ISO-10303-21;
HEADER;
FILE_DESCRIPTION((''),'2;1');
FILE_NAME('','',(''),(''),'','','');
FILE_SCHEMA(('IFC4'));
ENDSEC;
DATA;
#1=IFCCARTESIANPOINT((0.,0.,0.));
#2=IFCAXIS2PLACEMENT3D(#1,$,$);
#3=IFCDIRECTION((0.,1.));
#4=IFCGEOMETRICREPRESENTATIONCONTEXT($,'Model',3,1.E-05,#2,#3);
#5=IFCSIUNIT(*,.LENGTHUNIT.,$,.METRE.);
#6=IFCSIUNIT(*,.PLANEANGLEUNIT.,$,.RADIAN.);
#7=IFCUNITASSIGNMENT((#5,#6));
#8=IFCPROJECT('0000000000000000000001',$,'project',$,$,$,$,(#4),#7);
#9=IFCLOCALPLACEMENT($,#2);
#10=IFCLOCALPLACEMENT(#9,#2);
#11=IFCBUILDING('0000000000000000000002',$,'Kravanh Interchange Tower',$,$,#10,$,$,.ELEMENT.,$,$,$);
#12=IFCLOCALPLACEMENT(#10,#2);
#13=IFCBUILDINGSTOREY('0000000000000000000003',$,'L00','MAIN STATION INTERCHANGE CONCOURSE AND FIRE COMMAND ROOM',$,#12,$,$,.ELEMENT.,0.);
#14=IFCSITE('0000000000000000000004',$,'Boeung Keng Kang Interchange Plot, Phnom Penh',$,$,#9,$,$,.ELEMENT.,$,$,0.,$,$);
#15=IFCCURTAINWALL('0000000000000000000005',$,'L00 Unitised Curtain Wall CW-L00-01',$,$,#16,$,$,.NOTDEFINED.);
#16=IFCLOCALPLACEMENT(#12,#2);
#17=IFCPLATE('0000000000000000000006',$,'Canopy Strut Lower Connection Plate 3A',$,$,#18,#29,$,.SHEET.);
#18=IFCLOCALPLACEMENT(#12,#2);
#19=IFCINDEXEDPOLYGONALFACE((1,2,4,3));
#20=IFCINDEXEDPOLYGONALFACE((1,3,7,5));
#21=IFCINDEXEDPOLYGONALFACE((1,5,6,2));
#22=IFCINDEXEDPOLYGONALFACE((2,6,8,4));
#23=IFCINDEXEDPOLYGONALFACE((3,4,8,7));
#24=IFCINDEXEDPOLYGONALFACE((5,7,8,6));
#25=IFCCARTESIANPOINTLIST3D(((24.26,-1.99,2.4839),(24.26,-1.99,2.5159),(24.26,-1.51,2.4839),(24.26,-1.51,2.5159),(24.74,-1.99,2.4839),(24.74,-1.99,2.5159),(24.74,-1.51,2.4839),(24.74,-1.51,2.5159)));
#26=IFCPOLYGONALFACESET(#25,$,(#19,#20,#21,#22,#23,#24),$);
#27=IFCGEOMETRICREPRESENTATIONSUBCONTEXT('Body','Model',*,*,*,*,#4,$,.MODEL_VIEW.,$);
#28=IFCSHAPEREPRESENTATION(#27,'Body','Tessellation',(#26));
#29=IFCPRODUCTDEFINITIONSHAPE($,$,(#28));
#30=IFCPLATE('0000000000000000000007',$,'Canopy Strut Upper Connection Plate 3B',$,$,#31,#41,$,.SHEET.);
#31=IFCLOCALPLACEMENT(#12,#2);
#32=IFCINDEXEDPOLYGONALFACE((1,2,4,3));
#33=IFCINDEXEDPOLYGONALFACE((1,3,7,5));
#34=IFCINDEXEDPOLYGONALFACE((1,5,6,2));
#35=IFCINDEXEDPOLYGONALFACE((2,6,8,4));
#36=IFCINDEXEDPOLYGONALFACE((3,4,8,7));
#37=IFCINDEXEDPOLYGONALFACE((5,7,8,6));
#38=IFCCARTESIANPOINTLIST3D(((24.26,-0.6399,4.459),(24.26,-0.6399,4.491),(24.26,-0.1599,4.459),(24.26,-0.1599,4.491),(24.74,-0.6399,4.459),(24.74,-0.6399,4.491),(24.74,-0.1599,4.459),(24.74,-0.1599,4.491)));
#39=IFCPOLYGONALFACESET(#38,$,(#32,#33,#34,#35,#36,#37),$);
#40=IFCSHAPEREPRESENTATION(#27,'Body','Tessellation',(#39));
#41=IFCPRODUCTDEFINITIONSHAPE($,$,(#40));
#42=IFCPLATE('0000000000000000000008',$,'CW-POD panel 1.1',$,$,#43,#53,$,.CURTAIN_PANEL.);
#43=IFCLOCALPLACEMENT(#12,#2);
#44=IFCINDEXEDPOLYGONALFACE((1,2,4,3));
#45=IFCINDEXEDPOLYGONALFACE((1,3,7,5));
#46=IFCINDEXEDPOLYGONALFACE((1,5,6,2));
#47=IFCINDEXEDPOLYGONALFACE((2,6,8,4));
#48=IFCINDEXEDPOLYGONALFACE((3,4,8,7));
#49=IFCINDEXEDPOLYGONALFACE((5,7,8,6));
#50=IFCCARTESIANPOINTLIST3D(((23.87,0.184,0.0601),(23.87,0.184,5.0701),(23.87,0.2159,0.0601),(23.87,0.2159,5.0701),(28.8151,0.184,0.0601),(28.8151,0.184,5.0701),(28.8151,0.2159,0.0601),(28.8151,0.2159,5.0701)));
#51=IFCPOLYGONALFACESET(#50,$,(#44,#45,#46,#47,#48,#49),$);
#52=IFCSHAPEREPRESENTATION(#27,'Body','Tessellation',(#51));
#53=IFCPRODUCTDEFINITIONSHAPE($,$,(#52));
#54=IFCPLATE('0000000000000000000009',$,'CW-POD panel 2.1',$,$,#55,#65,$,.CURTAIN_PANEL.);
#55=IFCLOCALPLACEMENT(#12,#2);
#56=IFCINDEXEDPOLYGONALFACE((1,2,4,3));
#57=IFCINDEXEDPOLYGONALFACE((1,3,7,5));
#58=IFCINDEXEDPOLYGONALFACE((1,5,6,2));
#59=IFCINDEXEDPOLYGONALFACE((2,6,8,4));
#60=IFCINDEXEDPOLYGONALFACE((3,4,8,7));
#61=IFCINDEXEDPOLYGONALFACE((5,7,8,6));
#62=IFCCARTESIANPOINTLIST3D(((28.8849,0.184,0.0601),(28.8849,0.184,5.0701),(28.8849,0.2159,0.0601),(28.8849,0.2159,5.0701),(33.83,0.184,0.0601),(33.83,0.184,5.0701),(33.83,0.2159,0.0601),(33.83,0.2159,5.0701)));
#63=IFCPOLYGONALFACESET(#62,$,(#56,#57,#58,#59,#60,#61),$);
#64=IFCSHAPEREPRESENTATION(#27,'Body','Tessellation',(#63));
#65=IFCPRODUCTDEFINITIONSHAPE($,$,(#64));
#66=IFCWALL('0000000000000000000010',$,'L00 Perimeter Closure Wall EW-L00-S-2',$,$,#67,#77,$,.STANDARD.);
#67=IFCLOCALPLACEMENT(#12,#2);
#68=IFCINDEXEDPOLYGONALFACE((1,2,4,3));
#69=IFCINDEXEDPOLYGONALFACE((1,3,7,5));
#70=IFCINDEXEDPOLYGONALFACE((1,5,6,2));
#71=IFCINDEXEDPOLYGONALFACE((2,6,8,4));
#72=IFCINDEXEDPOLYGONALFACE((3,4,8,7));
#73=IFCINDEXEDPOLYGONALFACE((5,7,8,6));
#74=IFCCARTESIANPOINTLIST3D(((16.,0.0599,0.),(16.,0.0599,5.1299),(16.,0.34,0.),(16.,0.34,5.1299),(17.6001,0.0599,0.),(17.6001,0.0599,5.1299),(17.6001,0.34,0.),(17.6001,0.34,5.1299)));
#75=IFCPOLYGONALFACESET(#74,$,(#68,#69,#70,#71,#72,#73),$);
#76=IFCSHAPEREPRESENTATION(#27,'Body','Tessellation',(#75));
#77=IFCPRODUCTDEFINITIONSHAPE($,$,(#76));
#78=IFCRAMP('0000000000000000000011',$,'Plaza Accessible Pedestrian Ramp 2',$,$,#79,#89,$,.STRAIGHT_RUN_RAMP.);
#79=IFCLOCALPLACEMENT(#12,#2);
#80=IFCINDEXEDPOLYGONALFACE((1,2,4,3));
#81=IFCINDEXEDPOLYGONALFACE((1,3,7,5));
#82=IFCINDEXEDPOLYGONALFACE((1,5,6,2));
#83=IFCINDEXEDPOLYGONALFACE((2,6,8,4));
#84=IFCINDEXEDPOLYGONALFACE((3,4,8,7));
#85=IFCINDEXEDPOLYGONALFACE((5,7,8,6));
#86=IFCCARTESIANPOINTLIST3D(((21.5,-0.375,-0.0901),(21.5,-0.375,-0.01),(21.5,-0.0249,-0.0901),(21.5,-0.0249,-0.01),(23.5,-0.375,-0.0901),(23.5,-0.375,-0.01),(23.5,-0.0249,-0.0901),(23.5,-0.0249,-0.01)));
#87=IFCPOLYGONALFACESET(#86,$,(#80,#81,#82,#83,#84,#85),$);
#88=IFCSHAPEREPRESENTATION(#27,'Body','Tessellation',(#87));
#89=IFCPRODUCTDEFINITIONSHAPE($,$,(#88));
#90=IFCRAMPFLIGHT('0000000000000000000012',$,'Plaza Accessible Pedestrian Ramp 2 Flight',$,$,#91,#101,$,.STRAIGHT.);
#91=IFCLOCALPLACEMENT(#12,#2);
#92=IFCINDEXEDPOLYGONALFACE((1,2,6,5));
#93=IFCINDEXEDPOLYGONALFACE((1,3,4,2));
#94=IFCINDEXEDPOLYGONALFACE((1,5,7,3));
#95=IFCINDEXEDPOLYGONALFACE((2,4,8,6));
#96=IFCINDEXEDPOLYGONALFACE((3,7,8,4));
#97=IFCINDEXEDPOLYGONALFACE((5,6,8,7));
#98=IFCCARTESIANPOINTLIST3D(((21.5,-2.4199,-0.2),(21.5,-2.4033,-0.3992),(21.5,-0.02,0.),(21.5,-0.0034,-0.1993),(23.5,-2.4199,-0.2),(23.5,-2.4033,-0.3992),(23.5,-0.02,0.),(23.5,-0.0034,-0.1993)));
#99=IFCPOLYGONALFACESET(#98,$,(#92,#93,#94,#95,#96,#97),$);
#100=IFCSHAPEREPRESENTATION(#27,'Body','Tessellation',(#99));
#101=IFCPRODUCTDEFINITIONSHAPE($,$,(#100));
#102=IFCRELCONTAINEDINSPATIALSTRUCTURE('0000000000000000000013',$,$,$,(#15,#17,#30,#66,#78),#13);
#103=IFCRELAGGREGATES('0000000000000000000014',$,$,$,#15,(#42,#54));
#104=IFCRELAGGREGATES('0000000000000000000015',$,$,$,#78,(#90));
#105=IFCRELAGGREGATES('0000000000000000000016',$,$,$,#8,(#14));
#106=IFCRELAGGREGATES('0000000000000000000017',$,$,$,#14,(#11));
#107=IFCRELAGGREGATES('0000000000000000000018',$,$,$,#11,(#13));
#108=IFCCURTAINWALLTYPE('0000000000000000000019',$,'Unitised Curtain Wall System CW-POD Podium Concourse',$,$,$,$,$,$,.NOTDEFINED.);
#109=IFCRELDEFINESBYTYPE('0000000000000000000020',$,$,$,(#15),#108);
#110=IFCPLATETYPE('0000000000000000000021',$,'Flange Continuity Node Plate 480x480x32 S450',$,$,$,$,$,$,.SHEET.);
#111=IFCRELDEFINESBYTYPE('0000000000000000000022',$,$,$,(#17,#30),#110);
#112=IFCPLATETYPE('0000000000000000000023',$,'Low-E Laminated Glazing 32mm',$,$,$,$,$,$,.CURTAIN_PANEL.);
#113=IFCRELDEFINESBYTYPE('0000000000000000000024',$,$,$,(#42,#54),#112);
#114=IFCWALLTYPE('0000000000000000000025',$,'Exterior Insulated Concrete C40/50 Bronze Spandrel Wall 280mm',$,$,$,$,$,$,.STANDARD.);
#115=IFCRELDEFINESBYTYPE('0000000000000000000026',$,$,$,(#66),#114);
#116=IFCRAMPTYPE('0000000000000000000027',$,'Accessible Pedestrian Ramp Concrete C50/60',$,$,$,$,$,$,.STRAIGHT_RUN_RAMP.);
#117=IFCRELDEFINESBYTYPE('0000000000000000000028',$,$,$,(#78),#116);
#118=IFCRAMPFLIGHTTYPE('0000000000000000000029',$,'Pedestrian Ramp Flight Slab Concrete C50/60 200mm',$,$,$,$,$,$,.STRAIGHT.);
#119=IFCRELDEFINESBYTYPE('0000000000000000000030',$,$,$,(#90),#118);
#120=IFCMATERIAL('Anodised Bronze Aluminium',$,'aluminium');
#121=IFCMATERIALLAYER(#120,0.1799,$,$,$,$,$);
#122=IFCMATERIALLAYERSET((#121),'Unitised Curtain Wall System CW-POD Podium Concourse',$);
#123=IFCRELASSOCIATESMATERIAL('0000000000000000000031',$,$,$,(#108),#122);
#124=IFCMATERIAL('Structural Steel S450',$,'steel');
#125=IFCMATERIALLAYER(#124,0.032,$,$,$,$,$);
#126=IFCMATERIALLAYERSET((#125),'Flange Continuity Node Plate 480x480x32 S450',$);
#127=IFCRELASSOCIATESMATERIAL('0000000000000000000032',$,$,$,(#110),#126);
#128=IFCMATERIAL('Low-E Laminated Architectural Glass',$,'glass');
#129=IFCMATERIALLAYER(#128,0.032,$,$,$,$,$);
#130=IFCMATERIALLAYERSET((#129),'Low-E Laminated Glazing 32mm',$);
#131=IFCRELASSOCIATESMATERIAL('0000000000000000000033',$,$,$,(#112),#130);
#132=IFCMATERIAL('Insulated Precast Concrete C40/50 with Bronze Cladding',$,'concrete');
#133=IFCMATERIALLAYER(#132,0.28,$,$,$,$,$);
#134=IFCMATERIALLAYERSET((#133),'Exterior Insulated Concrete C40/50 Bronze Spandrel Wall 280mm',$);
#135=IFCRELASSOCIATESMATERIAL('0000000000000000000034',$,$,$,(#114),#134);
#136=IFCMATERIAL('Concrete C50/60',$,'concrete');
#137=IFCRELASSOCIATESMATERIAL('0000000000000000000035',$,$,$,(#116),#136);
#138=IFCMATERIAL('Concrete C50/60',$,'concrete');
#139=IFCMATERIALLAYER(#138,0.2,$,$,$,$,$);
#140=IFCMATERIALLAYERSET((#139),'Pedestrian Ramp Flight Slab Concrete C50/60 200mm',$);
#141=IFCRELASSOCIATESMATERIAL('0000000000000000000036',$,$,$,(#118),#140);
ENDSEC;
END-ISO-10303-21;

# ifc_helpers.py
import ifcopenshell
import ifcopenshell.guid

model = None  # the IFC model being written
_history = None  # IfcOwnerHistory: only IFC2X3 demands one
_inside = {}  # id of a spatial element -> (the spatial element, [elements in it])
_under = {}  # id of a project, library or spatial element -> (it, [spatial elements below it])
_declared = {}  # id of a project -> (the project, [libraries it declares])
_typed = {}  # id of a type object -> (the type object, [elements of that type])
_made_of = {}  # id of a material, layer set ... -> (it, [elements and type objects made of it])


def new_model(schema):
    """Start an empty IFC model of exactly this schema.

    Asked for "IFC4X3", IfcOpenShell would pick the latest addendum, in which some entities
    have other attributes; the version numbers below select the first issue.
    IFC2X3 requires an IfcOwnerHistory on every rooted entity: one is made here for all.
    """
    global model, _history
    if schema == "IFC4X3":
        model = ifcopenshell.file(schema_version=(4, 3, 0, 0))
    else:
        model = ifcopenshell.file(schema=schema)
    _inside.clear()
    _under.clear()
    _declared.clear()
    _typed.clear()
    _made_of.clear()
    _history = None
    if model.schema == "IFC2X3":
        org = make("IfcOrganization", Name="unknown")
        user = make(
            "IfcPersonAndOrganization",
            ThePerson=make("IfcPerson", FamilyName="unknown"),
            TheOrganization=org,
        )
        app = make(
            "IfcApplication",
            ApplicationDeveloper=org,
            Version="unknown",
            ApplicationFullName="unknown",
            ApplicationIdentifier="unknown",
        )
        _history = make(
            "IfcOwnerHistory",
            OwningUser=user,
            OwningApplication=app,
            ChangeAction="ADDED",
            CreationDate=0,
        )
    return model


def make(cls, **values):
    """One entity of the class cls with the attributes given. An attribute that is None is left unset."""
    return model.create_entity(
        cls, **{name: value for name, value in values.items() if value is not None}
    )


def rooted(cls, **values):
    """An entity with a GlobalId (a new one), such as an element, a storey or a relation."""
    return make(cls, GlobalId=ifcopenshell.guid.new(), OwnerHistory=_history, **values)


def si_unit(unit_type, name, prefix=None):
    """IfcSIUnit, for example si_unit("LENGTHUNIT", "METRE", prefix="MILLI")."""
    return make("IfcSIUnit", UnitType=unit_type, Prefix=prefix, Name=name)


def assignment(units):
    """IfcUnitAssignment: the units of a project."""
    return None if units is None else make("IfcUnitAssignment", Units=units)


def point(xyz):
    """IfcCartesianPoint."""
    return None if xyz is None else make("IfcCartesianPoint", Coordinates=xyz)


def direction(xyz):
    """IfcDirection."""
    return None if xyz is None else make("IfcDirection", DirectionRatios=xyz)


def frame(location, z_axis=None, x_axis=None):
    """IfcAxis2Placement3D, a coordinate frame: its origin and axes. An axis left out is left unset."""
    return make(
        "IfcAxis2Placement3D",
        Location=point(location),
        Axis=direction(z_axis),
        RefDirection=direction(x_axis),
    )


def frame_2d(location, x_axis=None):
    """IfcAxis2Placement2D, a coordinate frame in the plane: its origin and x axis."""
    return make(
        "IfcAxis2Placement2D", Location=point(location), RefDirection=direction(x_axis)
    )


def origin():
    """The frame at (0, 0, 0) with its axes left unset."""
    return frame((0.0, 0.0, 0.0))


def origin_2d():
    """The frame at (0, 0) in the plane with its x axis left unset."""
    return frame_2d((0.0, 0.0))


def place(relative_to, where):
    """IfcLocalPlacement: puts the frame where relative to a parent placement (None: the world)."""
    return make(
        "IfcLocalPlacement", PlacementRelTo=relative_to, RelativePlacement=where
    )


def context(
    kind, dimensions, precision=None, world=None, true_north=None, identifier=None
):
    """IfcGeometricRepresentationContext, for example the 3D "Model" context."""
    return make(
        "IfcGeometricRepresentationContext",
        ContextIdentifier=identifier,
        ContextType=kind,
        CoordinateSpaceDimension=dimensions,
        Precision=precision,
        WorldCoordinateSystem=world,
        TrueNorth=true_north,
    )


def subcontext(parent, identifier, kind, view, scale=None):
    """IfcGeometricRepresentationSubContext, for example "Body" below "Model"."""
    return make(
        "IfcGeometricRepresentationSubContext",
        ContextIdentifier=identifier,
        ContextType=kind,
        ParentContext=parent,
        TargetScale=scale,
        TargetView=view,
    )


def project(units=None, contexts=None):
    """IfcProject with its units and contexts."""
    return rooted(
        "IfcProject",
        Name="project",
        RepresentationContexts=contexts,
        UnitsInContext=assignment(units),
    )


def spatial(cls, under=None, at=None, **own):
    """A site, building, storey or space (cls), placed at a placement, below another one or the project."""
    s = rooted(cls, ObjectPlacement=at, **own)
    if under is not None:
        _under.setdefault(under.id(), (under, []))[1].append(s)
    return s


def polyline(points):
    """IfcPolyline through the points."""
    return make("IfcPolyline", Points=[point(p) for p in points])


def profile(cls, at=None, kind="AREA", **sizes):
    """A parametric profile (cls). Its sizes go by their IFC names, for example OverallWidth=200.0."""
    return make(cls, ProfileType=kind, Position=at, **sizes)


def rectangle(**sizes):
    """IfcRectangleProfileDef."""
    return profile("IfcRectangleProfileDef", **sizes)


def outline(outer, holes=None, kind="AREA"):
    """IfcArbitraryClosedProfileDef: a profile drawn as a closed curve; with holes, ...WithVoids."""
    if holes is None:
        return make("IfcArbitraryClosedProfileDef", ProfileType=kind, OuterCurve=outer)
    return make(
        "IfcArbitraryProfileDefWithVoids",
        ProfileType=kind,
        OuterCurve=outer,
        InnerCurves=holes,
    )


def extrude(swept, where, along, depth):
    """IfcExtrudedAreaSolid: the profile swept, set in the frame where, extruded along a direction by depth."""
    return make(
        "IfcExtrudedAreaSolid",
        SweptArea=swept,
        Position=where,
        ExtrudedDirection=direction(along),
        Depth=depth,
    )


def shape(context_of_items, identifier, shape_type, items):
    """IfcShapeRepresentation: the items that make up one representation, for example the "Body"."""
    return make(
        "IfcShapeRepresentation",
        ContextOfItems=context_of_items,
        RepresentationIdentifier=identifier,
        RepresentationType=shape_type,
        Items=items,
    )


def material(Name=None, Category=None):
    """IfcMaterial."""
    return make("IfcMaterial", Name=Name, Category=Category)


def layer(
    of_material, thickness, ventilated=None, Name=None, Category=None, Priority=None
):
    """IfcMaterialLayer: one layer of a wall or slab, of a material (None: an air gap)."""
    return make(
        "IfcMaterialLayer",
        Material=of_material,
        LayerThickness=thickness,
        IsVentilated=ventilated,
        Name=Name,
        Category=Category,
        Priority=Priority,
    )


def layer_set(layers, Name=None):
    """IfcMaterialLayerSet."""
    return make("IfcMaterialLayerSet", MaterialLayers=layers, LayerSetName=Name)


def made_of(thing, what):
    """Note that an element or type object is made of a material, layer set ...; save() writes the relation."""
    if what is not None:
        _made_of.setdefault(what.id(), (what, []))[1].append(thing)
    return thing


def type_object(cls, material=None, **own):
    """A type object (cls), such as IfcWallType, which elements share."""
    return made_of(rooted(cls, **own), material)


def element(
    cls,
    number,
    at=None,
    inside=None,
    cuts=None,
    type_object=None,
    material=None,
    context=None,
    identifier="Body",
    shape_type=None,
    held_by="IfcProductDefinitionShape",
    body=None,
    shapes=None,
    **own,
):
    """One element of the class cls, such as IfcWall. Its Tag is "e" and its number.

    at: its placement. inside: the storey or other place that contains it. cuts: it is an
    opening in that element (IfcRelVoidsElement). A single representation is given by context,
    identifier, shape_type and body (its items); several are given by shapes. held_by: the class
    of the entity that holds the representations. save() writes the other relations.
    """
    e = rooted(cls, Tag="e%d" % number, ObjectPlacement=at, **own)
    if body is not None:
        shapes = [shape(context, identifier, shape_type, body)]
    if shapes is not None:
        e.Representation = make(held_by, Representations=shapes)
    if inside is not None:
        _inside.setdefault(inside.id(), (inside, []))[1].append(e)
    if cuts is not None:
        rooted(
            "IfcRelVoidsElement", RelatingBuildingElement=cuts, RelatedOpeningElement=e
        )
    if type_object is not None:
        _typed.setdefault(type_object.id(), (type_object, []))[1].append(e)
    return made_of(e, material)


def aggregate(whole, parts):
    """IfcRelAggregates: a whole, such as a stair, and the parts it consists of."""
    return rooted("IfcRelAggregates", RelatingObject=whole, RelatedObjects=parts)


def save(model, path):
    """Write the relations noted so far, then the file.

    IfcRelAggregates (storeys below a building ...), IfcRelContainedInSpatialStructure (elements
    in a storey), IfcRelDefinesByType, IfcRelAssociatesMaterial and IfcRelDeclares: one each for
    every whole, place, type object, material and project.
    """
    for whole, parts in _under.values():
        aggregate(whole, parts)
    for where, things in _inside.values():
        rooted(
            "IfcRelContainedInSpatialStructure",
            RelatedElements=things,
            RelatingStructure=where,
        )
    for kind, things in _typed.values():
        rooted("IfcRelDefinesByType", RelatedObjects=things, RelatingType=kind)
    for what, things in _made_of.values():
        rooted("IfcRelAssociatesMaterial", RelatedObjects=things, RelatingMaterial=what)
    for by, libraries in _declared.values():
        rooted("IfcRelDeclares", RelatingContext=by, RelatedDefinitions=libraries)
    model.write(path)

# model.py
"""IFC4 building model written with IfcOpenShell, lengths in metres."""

from ifc_helpers import new_model, si_unit, direction, frame, frame_2d, origin, origin_2d, place, context, subcontext, project, spatial, polyline, rectangle, outline, extrude, material, layer, layer_set, type_object, element, aggregate, save


model = new_model("IFC4")

# Units and contexts
model_context = context("Model", 3, precision=1e-05, world=origin(), true_north=direction((0.0, 1.0)))
body_context = subcontext(model_context, "Body", "Model", "MODEL_VIEW")
ifc_project = project(units=[si_unit("LENGTHUNIT", "METRE"), si_unit("PLANEANGLEUNIT", "RADIAN")], contexts=[model_context])

# Site, building, storey
site_placement = place(None, origin())
site = spatial("IfcSite", under=ifc_project, at=site_placement, Name="Boeung Keng Kang Interchange Plot, Phnom Penh", CompositionType="ELEMENT", RefElevation=0.0)
building_placement = place(site_placement, origin())
building = spatial("IfcBuilding", under=site, at=building_placement, Name="Kravanh Interchange Tower", CompositionType="ELEMENT")
storey_placement = place(building_placement, origin())
storey = spatial("IfcBuildingStorey", under=building, at=storey_placement, Name="L00", Description="MAIN STATION INTERCHANGE CONCOURSE AND FIRE COMMAND ROOM", CompositionType="ELEMENT", Elevation=0.0)

# Curtain wall
ifc_material_1 = material(Name="Anodised Bronze Aluminium", Category="aluminium")
ifc_layer_1 = layer(ifc_material_1, 0.1799)
ifc_layer_set_1 = layer_set([ifc_layer_1], Name="Unitised Curtain Wall System CW-POD Podium Concourse")
curtain_wall_type = type_object("IfcCurtainWallType", Name="Unitised Curtain Wall System CW-POD Podium Concourse", PredefinedType="NOTDEFINED", material=ifc_layer_set_1)
curtain_wall_placement = place(storey_placement, origin())
curtain_wall = element("IfcCurtainWall", 1, at=curtain_wall_placement, inside=storey, type_object=curtain_wall_type, Name="L00 Unitised Curtain Wall CW-L00-01", PredefinedType="NOTDEFINED")

# Plates
ifc_material_2 = material(Name="Structural Steel S450", Category="steel")
ifc_layer_2 = layer(ifc_material_2, 0.032)
ifc_layer_set_2 = layer_set([ifc_layer_2], Name="Flange Continuity Node Plate 480x480x32 S450")
plate_type_1 = type_object("IfcPlateType", Name="Flange Continuity Node Plate 480x480x32 S450", PredefinedType="SHEET", material=ifc_layer_set_2)
for number, where, z_axis, x_axis, name in (
    (2, (24.5, -1.75, 2.4839), (0.0, 0.0, 1.0), (1.0, 0.0, 0.0), "Canopy Strut Lower Connection Plate 3A"),
    (3, (24.5, -0.3999, 4.459), (0.0, 0.0, 1.0), (1.0, 0.0, 0.0), "Canopy Strut Upper Connection Plate 3B"),
):
    element("IfcPlate", number, at=place(storey_placement, frame(where, z_axis=z_axis, x_axis=x_axis)), inside=storey, type_object=plate_type_1, Name=name, PredefinedType="SHEET", context=body_context, shape_type="SweptSolid", body=[
        extrude(rectangle(XDim=0.48, YDim=0.48, at=origin_2d()), origin(), (0.0, 0.0, 1.0), 0.032),
    ])

# Plates
ifc_material_3 = material(Name="Low-E Laminated Architectural Glass", Category="glass")
ifc_layer_3 = layer(ifc_material_3, 0.032)
ifc_layer_set_3 = layer_set([ifc_layer_3], Name="Low-E Laminated Glazing 32mm")
plate_type_2 = type_object("IfcPlateType", Name="Low-E Laminated Glazing 32mm", PredefinedType="CURTAIN_PANEL", material=ifc_layer_set_3)
plate_1_placement = place(storey_placement, frame((26.3425, 0.2, 0.0601), z_axis=(0.0, 0.0, 1.0), x_axis=(1.0, 0.0, 0.0)))
plate_1 = element("IfcPlate", 4, at=plate_1_placement, type_object=plate_type_2, Name="CW-POD panel 1.1", PredefinedType="CURTAIN_PANEL", context=body_context, shape_type="SweptSolid", body=[
    extrude(rectangle(XDim=4.9451, YDim=0.032, at=origin_2d()), origin(), (0.0, 0.0, 1.0), 5.01),
])
plate_2_placement = place(storey_placement, frame((31.3574, 0.2, 0.0601), z_axis=(0.0, 0.0, 1.0), x_axis=(1.0, 0.0, 0.0)))
plate_2 = element("IfcPlate", 5, at=plate_2_placement, type_object=plate_type_2, Name="CW-POD panel 2.1", PredefinedType="CURTAIN_PANEL", context=body_context, shape_type="SweptSolid", body=[
    extrude(rectangle(XDim=4.9451, YDim=0.032, at=origin_2d()), origin(), (0.0, 0.0, 1.0), 5.01),
])
aggregate(curtain_wall, [plate_1, plate_2])

# Shared definitions
ifc_material_4 = material(Name="Insulated Precast Concrete C40/50 with Bronze Cladding", Category="concrete")
ifc_layer_4 = layer(ifc_material_4, 0.28)
ifc_layer_set_4 = layer_set([ifc_layer_4], Name="Exterior Insulated Concrete C40/50 Bronze Spandrel Wall 280mm")
wall_type = type_object("IfcWallType", Name="Exterior Insulated Concrete C40/50 Bronze Spandrel Wall 280mm", PredefinedType="STANDARD", material=ifc_layer_set_4)

# Wall
wall_1_placement = place(storey_placement, frame((17.6001, 0.2, 0.0), z_axis=(0.0, 0.0, 1.0), x_axis=(-1.0, 0.0, 0.0)))
element("IfcWall", 6, at=wall_1_placement, inside=storey, type_object=wall_type, Name="L00 Perimeter Closure Wall EW-L00-S-2", PredefinedType="STANDARD", context=body_context, shape_type="SweptSolid", body=[
    extrude(rectangle(XDim=1.6001, YDim=0.28, at=frame_2d((0.8, 0.0))), origin(), (0.0, 0.0, 1.0), 5.1299),
])

# Ramp, ramp flight
ifc_material_5 = material(Name="Concrete C50/60", Category="concrete")
ramp_type = type_object("IfcRampType", Name="Accessible Pedestrian Ramp Concrete C50/60", PredefinedType="STRAIGHT_RUN_RAMP", material=ifc_material_5)
ramp_placement = place(storey_placement, frame((22.5, -0.2, -0.0901), z_axis=(0.0, 0.0, 1.0), x_axis=(1.0, 0.0, 0.0)))
ramp = element("IfcRamp", 7, at=ramp_placement, inside=storey, type_object=ramp_type, Name="Plaza Accessible Pedestrian Ramp 2", PredefinedType="STRAIGHT_RUN_RAMP", context=body_context, shape_type="SweptSolid", body=[
    extrude(rectangle(XDim=2.0, YDim=0.3501, at=origin_2d()), origin(), (0.0, 0.0, 1.0), 0.0801),
])
ifc_material_6 = material(Name="Concrete C50/60", Category="concrete")
ifc_layer_5 = layer(ifc_material_6, 0.2)
ifc_layer_set_5 = layer_set([ifc_layer_5], Name="Pedestrian Ramp Flight Slab Concrete C50/60 200mm")
ramp_flight_type = type_object("IfcRampFlightType", Name="Pedestrian Ramp Flight Slab Concrete C50/60 200mm", PredefinedType="STRAIGHT", material=ifc_layer_set_5)
ramp_flight_placement = place(storey_placement, frame((21.5, -2.4199, -0.2), z_axis=(0.0, -0.083029, 0.996547), x_axis=(1.0, 0.0, 0.0)))
ramp_flight = element("IfcRampFlight", 8, at=ramp_flight_placement, type_object=ramp_flight_type, Name="Plaza Accessible Pedestrian Ramp 2 Flight", PredefinedType="STRAIGHT", context=body_context, shape_type="SweptSolid", body=[
    extrude(outline(polyline([(0.0, 0.0), (2.0, 0.0), (2.0, 2.4082), (0.0, 2.4082), (0.0, 0.0)])), origin(), (0.0, 0.0, -1.0), 0.2),
])
aggregate(ramp, [ramp_flight])

save(model, "model.ifc")
